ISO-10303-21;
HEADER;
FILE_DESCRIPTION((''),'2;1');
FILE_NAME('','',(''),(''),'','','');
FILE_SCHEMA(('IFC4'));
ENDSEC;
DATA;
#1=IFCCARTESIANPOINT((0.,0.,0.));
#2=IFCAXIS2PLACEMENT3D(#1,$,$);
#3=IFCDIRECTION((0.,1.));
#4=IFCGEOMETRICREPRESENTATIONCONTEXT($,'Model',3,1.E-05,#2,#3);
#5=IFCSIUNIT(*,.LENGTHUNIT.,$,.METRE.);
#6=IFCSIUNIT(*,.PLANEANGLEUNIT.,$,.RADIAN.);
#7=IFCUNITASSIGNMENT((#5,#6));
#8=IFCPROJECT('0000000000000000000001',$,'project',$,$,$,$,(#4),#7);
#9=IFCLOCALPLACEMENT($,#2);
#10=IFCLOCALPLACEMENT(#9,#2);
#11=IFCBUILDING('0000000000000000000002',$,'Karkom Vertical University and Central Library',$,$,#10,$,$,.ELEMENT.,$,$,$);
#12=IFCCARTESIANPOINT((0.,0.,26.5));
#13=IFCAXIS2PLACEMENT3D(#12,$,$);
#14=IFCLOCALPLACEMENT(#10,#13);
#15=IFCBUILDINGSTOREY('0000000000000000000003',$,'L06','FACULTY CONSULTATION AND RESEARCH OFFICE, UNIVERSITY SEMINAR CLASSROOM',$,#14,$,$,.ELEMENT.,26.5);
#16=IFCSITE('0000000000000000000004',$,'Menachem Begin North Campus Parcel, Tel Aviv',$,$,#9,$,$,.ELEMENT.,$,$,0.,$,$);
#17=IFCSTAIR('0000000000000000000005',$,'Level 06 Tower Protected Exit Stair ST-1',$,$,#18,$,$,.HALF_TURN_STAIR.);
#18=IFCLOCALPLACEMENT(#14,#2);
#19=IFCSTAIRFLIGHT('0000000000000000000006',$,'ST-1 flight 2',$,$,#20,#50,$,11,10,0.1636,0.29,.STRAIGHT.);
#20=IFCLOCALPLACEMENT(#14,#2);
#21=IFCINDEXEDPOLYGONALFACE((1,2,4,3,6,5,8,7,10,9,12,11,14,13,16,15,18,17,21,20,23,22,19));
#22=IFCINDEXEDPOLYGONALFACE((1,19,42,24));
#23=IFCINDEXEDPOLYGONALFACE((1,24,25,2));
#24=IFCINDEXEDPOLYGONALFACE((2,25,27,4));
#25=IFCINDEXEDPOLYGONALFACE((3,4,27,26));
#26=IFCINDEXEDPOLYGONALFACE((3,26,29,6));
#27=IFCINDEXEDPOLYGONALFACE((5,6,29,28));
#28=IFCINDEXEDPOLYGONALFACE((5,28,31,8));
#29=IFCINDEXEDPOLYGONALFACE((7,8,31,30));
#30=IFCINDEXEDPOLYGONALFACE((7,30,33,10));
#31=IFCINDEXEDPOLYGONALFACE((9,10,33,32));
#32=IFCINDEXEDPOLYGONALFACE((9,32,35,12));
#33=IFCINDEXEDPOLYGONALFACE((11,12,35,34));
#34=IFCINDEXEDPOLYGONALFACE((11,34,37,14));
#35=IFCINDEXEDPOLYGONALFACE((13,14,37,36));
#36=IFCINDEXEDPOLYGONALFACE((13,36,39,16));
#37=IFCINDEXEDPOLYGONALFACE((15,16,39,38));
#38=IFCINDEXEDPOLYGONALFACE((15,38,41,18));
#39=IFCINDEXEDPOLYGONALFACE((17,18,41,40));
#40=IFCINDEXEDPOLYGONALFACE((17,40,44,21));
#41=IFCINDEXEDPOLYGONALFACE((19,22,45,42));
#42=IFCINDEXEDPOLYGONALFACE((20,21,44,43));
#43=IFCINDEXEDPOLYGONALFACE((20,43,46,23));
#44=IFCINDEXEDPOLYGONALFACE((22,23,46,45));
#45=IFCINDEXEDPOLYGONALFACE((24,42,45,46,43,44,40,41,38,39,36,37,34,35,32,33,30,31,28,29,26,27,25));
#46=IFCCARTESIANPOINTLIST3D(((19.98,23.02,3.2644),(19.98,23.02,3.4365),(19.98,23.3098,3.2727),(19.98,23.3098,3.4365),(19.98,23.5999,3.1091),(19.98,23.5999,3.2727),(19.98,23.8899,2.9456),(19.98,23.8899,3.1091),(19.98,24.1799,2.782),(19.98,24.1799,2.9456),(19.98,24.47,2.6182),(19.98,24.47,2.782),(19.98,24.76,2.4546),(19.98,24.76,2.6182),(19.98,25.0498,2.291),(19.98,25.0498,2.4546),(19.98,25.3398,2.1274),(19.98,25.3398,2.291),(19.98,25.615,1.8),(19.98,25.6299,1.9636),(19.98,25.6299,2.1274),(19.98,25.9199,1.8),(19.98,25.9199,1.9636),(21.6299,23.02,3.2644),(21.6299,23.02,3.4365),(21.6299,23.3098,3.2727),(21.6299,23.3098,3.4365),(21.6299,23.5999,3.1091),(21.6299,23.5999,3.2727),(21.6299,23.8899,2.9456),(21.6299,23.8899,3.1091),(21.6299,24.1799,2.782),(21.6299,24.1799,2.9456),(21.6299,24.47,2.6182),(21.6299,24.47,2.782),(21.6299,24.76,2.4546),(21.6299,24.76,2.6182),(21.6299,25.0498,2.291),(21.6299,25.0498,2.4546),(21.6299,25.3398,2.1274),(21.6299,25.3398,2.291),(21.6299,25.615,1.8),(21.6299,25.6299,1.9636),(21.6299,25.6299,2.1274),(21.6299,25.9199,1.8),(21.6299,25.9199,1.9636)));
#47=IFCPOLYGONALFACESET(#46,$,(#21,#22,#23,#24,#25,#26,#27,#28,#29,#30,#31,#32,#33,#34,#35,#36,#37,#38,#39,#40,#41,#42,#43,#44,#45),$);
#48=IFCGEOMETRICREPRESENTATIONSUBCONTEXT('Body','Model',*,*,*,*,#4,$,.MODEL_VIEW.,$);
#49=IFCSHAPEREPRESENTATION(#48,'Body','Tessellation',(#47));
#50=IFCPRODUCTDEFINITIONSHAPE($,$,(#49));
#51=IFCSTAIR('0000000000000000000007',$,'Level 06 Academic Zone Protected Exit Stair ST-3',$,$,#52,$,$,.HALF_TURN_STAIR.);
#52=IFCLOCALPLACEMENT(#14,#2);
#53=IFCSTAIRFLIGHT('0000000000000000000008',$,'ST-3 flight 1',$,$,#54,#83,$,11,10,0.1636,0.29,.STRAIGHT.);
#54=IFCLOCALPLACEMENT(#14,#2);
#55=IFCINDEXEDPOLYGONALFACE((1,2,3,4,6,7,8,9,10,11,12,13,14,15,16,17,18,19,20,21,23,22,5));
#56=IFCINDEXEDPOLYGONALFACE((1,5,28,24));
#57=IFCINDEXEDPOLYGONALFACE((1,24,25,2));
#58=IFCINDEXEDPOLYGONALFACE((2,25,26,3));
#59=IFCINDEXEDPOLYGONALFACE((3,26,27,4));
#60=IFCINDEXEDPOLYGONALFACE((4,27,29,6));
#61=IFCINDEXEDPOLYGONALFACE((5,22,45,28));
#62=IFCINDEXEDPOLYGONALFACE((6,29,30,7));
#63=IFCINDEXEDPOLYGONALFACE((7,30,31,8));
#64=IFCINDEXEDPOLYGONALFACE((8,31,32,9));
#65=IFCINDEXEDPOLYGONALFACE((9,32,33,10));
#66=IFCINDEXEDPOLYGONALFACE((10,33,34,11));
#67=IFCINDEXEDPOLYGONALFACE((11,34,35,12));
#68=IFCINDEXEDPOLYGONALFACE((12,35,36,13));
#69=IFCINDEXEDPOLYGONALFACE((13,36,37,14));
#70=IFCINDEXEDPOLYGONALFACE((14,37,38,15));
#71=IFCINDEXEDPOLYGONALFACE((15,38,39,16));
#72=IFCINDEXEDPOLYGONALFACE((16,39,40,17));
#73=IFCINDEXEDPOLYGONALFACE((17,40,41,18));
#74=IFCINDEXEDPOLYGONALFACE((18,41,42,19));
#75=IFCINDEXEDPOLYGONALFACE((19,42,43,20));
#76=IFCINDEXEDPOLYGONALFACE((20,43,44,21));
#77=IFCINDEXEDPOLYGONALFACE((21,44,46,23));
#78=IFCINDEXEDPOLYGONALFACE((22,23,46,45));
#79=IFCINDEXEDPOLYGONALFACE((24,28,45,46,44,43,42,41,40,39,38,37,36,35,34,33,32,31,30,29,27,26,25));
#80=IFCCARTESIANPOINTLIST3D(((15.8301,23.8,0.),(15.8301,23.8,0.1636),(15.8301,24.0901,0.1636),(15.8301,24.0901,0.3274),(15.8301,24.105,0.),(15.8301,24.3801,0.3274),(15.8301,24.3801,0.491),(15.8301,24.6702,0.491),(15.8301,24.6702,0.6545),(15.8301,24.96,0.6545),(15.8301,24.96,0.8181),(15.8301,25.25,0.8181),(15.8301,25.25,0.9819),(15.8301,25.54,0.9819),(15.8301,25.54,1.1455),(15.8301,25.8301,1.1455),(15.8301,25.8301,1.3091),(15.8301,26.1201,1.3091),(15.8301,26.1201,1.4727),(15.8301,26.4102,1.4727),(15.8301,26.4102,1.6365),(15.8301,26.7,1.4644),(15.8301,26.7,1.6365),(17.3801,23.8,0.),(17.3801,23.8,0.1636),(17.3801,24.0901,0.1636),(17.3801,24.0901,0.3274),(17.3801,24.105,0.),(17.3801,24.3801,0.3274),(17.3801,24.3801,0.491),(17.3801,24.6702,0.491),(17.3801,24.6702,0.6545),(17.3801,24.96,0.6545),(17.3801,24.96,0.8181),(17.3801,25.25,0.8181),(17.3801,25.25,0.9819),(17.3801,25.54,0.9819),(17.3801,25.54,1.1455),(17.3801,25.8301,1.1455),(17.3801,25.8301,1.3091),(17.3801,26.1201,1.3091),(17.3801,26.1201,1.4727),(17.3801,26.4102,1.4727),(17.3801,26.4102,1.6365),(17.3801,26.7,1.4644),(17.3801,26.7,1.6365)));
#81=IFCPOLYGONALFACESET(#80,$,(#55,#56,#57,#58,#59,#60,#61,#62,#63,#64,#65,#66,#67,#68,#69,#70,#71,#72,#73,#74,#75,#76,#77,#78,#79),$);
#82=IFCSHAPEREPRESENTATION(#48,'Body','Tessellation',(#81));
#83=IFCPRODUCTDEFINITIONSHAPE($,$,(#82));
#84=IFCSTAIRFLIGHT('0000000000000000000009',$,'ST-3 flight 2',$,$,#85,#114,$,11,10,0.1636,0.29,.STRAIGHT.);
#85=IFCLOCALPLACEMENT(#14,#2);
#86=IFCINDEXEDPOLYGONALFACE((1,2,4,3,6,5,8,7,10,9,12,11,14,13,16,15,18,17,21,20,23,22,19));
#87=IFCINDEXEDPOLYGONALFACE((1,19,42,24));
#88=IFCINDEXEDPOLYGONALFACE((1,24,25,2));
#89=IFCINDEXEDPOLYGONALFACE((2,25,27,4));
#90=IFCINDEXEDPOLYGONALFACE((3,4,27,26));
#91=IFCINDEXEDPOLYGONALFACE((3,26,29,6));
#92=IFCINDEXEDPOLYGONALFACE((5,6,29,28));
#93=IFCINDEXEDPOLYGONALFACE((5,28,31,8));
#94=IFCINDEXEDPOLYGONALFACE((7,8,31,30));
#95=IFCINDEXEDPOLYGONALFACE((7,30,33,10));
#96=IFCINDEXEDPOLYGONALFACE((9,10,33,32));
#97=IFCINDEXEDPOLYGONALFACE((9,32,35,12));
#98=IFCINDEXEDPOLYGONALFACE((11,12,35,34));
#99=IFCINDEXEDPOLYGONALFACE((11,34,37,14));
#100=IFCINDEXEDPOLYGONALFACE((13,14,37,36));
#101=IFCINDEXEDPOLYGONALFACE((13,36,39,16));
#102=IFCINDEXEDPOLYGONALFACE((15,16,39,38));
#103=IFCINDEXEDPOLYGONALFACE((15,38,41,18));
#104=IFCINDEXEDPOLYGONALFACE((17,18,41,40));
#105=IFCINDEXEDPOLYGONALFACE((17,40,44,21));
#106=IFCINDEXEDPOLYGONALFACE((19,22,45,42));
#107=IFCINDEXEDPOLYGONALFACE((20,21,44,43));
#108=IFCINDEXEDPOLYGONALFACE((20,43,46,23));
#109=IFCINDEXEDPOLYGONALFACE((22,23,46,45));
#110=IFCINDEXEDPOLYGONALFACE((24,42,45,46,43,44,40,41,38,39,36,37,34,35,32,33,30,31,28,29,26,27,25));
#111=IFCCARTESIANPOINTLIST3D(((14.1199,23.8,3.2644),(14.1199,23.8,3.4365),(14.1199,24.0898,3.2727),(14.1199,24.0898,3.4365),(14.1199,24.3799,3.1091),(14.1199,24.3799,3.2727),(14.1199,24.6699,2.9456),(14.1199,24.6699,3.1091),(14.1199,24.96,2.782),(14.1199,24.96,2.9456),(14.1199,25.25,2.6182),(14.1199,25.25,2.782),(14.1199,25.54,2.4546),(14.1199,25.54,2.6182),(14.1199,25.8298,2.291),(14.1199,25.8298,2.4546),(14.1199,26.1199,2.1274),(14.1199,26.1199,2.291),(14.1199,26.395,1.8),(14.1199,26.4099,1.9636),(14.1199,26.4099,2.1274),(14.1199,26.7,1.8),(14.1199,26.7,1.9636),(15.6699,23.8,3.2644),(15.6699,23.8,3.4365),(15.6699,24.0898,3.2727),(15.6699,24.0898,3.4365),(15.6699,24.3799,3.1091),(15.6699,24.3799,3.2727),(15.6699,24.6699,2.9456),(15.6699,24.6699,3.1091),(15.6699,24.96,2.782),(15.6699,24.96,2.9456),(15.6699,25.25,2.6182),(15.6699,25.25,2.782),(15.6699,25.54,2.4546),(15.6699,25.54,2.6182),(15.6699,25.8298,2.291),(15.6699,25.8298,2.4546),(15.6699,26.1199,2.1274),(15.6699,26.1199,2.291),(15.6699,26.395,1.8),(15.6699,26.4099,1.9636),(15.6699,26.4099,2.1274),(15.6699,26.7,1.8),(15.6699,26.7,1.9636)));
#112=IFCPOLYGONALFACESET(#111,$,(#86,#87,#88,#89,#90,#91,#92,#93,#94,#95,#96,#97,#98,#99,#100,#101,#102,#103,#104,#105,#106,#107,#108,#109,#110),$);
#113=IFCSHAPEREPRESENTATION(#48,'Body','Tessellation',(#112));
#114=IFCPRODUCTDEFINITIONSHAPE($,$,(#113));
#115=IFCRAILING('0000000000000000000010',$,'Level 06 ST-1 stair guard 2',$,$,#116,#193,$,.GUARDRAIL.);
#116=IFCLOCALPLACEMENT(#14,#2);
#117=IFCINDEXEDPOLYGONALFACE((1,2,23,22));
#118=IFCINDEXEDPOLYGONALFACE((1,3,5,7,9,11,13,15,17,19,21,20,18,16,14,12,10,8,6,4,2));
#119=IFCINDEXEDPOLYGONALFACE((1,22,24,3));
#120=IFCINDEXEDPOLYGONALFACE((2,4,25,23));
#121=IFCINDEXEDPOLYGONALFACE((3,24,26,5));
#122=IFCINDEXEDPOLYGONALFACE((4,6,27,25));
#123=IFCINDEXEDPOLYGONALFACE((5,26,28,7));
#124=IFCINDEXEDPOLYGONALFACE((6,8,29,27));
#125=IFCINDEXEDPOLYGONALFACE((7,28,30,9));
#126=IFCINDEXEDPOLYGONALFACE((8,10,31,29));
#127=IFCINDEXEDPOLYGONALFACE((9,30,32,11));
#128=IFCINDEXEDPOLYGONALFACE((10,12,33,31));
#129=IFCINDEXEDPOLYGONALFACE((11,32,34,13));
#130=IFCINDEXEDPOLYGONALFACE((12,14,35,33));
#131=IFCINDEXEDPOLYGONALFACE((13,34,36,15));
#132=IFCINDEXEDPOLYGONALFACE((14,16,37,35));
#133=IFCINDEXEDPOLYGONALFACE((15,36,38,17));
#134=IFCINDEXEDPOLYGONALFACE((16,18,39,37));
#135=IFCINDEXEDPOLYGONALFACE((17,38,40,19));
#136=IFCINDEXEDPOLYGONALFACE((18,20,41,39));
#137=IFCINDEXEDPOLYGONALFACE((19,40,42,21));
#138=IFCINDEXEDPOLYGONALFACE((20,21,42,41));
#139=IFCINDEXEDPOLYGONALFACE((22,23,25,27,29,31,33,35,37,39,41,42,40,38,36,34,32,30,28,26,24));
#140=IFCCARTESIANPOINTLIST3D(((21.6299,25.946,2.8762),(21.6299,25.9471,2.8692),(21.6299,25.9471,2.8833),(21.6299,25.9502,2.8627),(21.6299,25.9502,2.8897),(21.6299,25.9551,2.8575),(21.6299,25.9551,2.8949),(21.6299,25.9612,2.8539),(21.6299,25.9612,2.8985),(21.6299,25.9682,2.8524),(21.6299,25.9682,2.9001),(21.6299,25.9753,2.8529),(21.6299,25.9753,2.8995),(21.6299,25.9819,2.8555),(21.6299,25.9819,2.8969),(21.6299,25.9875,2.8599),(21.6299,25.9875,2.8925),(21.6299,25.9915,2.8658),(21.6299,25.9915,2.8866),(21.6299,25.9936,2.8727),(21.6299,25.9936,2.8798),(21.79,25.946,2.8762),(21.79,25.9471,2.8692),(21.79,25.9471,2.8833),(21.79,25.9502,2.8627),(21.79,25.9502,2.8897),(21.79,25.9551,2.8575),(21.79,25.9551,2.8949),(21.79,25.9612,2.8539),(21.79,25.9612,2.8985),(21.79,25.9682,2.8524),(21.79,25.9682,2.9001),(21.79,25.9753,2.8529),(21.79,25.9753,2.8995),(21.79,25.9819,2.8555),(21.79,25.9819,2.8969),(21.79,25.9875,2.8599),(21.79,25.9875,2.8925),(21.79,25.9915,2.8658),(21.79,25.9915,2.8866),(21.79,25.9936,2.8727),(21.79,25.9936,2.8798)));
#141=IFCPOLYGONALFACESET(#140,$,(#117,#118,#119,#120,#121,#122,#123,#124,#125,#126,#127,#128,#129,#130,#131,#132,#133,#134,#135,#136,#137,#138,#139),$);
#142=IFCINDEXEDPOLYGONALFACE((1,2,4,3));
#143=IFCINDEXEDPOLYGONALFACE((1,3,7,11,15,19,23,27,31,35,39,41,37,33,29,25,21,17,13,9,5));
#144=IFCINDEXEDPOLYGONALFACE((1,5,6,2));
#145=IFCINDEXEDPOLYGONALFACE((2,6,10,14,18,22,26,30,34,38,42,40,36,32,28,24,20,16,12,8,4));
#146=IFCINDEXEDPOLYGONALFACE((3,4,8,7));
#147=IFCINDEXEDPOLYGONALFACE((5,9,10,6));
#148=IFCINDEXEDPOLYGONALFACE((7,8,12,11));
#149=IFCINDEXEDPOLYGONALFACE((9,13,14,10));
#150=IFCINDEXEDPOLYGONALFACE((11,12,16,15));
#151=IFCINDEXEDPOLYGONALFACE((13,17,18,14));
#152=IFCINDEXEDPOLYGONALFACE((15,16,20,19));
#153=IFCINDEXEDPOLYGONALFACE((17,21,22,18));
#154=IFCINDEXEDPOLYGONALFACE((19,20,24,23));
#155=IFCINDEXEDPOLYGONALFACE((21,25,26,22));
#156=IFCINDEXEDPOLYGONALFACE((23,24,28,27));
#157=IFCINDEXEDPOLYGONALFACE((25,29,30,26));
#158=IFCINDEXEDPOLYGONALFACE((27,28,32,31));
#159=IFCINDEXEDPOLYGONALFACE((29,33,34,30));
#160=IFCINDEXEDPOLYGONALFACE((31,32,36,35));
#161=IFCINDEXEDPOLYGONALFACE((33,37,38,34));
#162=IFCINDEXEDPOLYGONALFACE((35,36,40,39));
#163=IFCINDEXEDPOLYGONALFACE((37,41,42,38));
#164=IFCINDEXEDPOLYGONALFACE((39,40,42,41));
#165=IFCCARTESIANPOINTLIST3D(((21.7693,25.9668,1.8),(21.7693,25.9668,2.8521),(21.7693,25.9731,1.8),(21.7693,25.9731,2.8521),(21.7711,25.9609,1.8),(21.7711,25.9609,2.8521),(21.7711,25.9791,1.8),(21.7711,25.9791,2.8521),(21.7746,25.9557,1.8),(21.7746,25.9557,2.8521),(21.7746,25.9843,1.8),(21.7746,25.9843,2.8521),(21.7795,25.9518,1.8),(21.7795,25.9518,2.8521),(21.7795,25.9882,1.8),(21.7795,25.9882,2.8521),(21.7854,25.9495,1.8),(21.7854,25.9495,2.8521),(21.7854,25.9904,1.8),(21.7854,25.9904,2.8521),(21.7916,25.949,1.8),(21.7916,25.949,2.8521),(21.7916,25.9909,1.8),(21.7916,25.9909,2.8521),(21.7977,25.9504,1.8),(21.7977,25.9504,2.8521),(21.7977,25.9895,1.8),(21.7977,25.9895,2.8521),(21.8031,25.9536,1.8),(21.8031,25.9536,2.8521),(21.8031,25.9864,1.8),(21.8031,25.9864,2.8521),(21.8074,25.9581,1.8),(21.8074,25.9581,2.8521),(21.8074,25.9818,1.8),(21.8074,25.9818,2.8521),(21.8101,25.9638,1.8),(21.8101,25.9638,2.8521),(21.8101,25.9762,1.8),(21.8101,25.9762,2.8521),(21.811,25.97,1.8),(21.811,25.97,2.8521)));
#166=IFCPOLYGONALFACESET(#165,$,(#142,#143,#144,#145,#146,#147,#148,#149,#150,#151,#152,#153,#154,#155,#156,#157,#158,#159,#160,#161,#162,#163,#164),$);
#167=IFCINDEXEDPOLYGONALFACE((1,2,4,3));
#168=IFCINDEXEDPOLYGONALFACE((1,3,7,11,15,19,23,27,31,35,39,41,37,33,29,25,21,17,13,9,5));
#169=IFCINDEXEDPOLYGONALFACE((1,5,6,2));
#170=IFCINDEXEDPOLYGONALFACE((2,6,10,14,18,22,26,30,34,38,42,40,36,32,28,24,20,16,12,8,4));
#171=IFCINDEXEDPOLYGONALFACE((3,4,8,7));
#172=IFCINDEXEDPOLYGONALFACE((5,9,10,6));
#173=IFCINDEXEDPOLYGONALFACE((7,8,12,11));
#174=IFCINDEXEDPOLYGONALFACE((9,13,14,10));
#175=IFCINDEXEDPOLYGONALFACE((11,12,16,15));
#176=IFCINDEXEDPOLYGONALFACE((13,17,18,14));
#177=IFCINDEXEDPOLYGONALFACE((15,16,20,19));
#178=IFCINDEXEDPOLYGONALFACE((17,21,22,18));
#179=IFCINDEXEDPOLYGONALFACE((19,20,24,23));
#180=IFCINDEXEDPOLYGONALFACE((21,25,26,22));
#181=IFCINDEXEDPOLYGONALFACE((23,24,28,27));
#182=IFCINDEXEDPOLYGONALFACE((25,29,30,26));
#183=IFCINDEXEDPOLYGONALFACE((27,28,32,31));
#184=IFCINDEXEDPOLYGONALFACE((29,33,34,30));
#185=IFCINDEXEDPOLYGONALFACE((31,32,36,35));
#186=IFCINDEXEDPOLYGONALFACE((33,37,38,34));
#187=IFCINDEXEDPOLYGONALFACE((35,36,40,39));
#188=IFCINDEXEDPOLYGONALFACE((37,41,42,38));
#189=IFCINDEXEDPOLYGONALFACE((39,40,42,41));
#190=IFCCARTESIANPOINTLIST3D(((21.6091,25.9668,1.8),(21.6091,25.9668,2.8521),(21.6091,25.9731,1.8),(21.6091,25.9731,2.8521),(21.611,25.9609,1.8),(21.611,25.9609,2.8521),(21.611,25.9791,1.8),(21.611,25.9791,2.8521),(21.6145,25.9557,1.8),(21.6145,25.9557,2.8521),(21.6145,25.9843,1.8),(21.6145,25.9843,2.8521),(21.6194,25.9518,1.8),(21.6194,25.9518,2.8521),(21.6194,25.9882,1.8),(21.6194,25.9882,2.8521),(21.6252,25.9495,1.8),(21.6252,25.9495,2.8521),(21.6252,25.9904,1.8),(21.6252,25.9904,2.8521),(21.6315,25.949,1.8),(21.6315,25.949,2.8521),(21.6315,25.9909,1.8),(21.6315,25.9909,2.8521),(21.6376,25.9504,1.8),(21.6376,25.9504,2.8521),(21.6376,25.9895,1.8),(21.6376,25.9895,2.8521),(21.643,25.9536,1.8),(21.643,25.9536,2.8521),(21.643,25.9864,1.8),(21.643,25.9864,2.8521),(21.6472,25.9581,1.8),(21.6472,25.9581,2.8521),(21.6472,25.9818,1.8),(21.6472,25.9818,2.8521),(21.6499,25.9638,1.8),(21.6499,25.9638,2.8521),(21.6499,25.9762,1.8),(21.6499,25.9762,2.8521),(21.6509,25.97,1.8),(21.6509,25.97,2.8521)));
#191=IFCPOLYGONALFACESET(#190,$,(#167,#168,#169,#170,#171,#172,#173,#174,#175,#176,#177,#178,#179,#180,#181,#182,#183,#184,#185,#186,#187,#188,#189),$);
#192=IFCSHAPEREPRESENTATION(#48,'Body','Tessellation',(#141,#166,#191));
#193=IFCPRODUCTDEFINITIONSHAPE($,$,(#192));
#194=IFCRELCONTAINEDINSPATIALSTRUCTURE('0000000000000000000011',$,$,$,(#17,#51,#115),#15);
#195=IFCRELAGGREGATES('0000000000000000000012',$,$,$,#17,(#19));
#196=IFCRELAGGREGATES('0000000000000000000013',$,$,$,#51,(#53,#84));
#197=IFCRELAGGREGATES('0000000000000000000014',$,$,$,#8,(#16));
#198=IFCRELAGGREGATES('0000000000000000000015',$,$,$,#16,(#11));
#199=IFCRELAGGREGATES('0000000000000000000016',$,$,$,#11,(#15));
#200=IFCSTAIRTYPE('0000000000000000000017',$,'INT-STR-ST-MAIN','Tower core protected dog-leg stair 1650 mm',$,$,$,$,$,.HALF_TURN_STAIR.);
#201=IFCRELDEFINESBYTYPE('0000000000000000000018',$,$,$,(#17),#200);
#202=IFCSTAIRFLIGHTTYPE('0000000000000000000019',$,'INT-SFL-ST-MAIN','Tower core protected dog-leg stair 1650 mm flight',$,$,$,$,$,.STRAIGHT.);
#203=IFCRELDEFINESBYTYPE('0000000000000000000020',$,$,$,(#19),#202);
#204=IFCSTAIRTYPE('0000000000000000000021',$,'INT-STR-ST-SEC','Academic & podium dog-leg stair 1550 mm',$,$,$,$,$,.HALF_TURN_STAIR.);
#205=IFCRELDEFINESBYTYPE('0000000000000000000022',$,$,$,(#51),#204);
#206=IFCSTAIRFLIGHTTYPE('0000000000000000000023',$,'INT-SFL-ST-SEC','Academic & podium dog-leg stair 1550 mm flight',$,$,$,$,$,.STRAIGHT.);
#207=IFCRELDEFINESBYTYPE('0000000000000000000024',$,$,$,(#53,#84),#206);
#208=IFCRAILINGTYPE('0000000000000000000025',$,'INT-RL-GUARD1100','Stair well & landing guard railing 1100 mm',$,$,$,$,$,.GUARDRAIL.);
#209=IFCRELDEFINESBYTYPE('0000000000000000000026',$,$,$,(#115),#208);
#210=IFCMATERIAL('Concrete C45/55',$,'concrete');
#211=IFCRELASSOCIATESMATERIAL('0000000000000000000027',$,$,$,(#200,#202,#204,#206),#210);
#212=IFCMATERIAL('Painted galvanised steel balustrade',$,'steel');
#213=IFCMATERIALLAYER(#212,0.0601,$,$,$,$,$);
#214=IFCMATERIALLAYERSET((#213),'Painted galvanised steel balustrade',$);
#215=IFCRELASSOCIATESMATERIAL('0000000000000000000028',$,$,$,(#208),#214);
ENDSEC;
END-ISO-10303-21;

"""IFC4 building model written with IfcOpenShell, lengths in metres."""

from ifc_helpers import new_model, si_unit, direction, frame, origin, origin_2d, place, context, subcontext, project, spatial, polyline, circle, outline, extrude, material, layer, layer_set, type_object, element, aggregate, save


model = new_model("IFC4")

# Units and contexts
model_context = context("Model", 3, precision=1e-05, world=origin(), true_north=direction((0.0, 1.0)))
body_context = subcontext(model_context, "Body", "Model", "MODEL_VIEW")
ifc_project = project(units=[si_unit("LENGTHUNIT", "METRE"), si_unit("PLANEANGLEUNIT", "RADIAN")], contexts=[model_context])

# Site, building, storey
site_placement = place(None, origin())
site = spatial("IfcSite", under=ifc_project, at=site_placement, Name="Menachem Begin North Campus Parcel, Tel Aviv", CompositionType="ELEMENT", RefElevation=0.0)
building_placement = place(site_placement, origin())
building = spatial("IfcBuilding", under=site, at=building_placement, Name="Karkom Vertical University and Central Library", CompositionType="ELEMENT")
storey_placement = place(building_placement, frame((0.0, 0.0, 26.5)))
storey = spatial("IfcBuildingStorey", under=building, at=storey_placement, Name="L06", Description="FACULTY CONSULTATION AND RESEARCH OFFICE, UNIVERSITY SEMINAR CLASSROOM", CompositionType="ELEMENT", Elevation=26.5)

# Shared definitions
ifc_material_1 = material(Name="Concrete C45/55", Category="concrete")

# Stair, stair flight
stair_type_1 = type_object("IfcStairType", Name="INT-STR-ST-MAIN", Description="Tower core protected dog-leg stair 1650 mm", PredefinedType="HALF_TURN_STAIR", material=ifc_material_1)
stair_1_placement = place(storey_placement, origin())
stair_1 = element("IfcStair", 1, at=stair_1_placement, inside=storey, type_object=stair_type_1, Name="Level 06 Tower Protected Exit Stair ST-1", PredefinedType="HALF_TURN_STAIR")
stair_flight_type_1 = type_object("IfcStairFlightType", Name="INT-SFL-ST-MAIN", Description="Tower core protected dog-leg stair 1650 mm flight", PredefinedType="STRAIGHT", material=ifc_material_1)
stair_flight_1_placement = place(storey_placement, frame((20.8049, 25.9199, 1.8), z_axis=(0.0, 0.0, 1.0), x_axis=(0.0, -1.0, 0.0)))
stair_flight_1 = element("IfcStairFlight", 2, at=stair_flight_1_placement, type_object=stair_flight_type_1, Name="ST-1 flight 2", NumberOfRisers=11, NumberOfTreads=10, PredefinedType="STRAIGHT", RiserHeight=0.1636, TreadLength=0.29, context=body_context, shape_type="SweptSolid", body=[
    extrude(outline(polyline([(0.0, 0.0), (0.0, 0.1636), (0.29, 0.1636), (0.29, 0.3274), (0.5801, 0.3274), (0.5801, 0.491), (0.8701, 0.491), (0.8701, 0.6545), (1.1599, 0.6545), (1.1599, 0.8181), (1.45, 0.8181), (1.45, 0.9819), (1.74, 0.9819), (1.74, 1.1455), (2.03, 1.1455), (2.03, 1.3091), (2.3201, 1.3091), (2.3201, 1.4727), (2.6101, 1.4727), (2.6101, 1.6365), (2.8999, 1.6365), (2.8999, 1.8), (2.8999, 1.4644), (0.3049, 0.0), (0.0, 0.0)])), frame((0.0, 0.825, 0.0), z_axis=(0.0, -1.0, 0.0), x_axis=(1.0, 0.0, 0.0)), (0.0, 0.0, 1.0), 1.6499),
])
aggregate(stair_1, [stair_flight_1])

# Stair, stair flights
stair_type_2 = type_object("IfcStairType", Name="INT-STR-ST-SEC", Description="Academic & podium dog-leg stair 1550 mm", PredefinedType="HALF_TURN_STAIR", material=ifc_material_1)
stair_2_placement = place(storey_placement, origin())
stair_2 = element("IfcStair", 3, at=stair_2_placement, inside=storey, type_object=stair_type_2, Name="Level 06 Academic Zone Protected Exit Stair ST-3", PredefinedType="HALF_TURN_STAIR")
stair_flight_type_2 = type_object("IfcStairFlightType", Name="INT-SFL-ST-SEC", Description="Academic & podium dog-leg stair 1550 mm flight", PredefinedType="STRAIGHT", material=ifc_material_1)
stair_flight_2_placement = place(storey_placement, frame((16.605, 23.8, 0.0), z_axis=(0.0, 0.0, 1.0), x_axis=(0.0, 1.0, 0.0)))
stair_flight_2 = element("IfcStairFlight", 4, at=stair_flight_2_placement, type_object=stair_flight_type_2, Name="ST-3 flight 1", NumberOfRisers=11, NumberOfTreads=10, PredefinedType="STRAIGHT", RiserHeight=0.1636, TreadLength=0.29, context=body_context, shape_type="SweptSolid", body=[
    extrude(outline(polyline([(0.0, 0.0), (0.0, 0.1636), (0.29, 0.1636), (0.29, 0.3274), (0.5801, 0.3274), (0.5801, 0.491), (0.8701, 0.491), (0.8701, 0.6545), (1.1599, 0.6545), (1.1599, 0.8181), (1.45, 0.8181), (1.45, 0.9819), (1.74, 0.9819), (1.74, 1.1455), (2.03, 1.1455), (2.03, 1.3091), (2.3201, 1.3091), (2.3201, 1.4727), (2.6101, 1.4727), (2.6101, 1.6365), (2.8999, 1.6365), (2.8999, 1.8), (2.8999, 1.4644), (0.3049, 0.0), (0.0, 0.0)])), frame((0.0, 0.7749, 0.0), z_axis=(0.0, -1.0, 0.0), x_axis=(1.0, 0.0, 0.0)), (0.0, 0.0, 1.0), 1.55),
])
stair_flight_3_placement = place(storey_placement, frame((14.895, 26.7, 1.8), z_axis=(0.0, 0.0, 1.0), x_axis=(0.0, -1.0, 0.0)))
stair_flight_3 = element("IfcStairFlight", 5, at=stair_flight_3_placement, type_object=stair_flight_type_2, Name="ST-3 flight 2", NumberOfRisers=11, NumberOfTreads=10, PredefinedType="STRAIGHT", RiserHeight=0.1636, TreadLength=0.29, context=body_context, shape_type="SweptSolid", body=[
    extrude(outline(polyline([(0.0, 0.0), (0.0, 0.1636), (0.29, 0.1636), (0.29, 0.3274), (0.5801, 0.3274), (0.5801, 0.491), (0.8701, 0.491), (0.8701, 0.6545), (1.1599, 0.6545), (1.1599, 0.8181), (1.45, 0.8181), (1.45, 0.9819), (1.74, 0.9819), (1.74, 1.1455), (2.03, 1.1455), (2.03, 1.3091), (2.3201, 1.3091), (2.3201, 1.4727), (2.6101, 1.4727), (2.6101, 1.6365), (2.8999, 1.6365), (2.8999, 1.8), (2.8999, 1.4644), (0.3049, 0.0), (0.0, 0.0)])), frame((0.0, 0.7749, 0.0), z_axis=(0.0, -1.0, 0.0), x_axis=(1.0, 0.0, 0.0)), (0.0, 0.0, 1.0), 1.55),
])
aggregate(stair_2, [stair_flight_2, stair_flight_3])

# Railing
ifc_material_2 = material(Name="Painted galvanised steel balustrade", Category="steel")
ifc_layer_1 = layer(ifc_material_2, 0.0601)
ifc_layer_set_1 = layer_set([ifc_layer_1], Name="Painted galvanised steel balustrade")
railing_type_1 = type_object("IfcRailingType", Name="INT-RL-GUARD1100", Description="Stair well & landing guard railing 1100 mm", PredefinedType="GUARDRAIL", material=ifc_layer_set_1)
railing_1_placement = place(storey_placement, frame((21.79, 25.97, 1.8)))
element("IfcRailing", 6, at=railing_1_placement, inside=storey, type_object=railing_type_1, Name="Level 06 ST-1 stair guard 2", PredefinedType="GUARDRAIL", context=body_context, shape_type="SweptSolid", body=[
    extrude(circle(Radius=0.0239, at=origin_2d()), frame((0.0, 0.0, 1.0762), z_axis=(-1.0, 0.0, 0.0), x_axis=(0.0, -1.0, 0.0)), (0.0, 0.0, 1.0), 0.1602),
    extrude(circle(Radius=0.021, at=origin_2d()), origin(), (0.0, 0.0, 1.0), 1.052),
    extrude(circle(Radius=0.021, at=origin_2d()), frame((-0.1602, 0.0, 0.0)), (0.0, 0.0, 1.0), 1.052),
])

save(model, "model.ifc")
